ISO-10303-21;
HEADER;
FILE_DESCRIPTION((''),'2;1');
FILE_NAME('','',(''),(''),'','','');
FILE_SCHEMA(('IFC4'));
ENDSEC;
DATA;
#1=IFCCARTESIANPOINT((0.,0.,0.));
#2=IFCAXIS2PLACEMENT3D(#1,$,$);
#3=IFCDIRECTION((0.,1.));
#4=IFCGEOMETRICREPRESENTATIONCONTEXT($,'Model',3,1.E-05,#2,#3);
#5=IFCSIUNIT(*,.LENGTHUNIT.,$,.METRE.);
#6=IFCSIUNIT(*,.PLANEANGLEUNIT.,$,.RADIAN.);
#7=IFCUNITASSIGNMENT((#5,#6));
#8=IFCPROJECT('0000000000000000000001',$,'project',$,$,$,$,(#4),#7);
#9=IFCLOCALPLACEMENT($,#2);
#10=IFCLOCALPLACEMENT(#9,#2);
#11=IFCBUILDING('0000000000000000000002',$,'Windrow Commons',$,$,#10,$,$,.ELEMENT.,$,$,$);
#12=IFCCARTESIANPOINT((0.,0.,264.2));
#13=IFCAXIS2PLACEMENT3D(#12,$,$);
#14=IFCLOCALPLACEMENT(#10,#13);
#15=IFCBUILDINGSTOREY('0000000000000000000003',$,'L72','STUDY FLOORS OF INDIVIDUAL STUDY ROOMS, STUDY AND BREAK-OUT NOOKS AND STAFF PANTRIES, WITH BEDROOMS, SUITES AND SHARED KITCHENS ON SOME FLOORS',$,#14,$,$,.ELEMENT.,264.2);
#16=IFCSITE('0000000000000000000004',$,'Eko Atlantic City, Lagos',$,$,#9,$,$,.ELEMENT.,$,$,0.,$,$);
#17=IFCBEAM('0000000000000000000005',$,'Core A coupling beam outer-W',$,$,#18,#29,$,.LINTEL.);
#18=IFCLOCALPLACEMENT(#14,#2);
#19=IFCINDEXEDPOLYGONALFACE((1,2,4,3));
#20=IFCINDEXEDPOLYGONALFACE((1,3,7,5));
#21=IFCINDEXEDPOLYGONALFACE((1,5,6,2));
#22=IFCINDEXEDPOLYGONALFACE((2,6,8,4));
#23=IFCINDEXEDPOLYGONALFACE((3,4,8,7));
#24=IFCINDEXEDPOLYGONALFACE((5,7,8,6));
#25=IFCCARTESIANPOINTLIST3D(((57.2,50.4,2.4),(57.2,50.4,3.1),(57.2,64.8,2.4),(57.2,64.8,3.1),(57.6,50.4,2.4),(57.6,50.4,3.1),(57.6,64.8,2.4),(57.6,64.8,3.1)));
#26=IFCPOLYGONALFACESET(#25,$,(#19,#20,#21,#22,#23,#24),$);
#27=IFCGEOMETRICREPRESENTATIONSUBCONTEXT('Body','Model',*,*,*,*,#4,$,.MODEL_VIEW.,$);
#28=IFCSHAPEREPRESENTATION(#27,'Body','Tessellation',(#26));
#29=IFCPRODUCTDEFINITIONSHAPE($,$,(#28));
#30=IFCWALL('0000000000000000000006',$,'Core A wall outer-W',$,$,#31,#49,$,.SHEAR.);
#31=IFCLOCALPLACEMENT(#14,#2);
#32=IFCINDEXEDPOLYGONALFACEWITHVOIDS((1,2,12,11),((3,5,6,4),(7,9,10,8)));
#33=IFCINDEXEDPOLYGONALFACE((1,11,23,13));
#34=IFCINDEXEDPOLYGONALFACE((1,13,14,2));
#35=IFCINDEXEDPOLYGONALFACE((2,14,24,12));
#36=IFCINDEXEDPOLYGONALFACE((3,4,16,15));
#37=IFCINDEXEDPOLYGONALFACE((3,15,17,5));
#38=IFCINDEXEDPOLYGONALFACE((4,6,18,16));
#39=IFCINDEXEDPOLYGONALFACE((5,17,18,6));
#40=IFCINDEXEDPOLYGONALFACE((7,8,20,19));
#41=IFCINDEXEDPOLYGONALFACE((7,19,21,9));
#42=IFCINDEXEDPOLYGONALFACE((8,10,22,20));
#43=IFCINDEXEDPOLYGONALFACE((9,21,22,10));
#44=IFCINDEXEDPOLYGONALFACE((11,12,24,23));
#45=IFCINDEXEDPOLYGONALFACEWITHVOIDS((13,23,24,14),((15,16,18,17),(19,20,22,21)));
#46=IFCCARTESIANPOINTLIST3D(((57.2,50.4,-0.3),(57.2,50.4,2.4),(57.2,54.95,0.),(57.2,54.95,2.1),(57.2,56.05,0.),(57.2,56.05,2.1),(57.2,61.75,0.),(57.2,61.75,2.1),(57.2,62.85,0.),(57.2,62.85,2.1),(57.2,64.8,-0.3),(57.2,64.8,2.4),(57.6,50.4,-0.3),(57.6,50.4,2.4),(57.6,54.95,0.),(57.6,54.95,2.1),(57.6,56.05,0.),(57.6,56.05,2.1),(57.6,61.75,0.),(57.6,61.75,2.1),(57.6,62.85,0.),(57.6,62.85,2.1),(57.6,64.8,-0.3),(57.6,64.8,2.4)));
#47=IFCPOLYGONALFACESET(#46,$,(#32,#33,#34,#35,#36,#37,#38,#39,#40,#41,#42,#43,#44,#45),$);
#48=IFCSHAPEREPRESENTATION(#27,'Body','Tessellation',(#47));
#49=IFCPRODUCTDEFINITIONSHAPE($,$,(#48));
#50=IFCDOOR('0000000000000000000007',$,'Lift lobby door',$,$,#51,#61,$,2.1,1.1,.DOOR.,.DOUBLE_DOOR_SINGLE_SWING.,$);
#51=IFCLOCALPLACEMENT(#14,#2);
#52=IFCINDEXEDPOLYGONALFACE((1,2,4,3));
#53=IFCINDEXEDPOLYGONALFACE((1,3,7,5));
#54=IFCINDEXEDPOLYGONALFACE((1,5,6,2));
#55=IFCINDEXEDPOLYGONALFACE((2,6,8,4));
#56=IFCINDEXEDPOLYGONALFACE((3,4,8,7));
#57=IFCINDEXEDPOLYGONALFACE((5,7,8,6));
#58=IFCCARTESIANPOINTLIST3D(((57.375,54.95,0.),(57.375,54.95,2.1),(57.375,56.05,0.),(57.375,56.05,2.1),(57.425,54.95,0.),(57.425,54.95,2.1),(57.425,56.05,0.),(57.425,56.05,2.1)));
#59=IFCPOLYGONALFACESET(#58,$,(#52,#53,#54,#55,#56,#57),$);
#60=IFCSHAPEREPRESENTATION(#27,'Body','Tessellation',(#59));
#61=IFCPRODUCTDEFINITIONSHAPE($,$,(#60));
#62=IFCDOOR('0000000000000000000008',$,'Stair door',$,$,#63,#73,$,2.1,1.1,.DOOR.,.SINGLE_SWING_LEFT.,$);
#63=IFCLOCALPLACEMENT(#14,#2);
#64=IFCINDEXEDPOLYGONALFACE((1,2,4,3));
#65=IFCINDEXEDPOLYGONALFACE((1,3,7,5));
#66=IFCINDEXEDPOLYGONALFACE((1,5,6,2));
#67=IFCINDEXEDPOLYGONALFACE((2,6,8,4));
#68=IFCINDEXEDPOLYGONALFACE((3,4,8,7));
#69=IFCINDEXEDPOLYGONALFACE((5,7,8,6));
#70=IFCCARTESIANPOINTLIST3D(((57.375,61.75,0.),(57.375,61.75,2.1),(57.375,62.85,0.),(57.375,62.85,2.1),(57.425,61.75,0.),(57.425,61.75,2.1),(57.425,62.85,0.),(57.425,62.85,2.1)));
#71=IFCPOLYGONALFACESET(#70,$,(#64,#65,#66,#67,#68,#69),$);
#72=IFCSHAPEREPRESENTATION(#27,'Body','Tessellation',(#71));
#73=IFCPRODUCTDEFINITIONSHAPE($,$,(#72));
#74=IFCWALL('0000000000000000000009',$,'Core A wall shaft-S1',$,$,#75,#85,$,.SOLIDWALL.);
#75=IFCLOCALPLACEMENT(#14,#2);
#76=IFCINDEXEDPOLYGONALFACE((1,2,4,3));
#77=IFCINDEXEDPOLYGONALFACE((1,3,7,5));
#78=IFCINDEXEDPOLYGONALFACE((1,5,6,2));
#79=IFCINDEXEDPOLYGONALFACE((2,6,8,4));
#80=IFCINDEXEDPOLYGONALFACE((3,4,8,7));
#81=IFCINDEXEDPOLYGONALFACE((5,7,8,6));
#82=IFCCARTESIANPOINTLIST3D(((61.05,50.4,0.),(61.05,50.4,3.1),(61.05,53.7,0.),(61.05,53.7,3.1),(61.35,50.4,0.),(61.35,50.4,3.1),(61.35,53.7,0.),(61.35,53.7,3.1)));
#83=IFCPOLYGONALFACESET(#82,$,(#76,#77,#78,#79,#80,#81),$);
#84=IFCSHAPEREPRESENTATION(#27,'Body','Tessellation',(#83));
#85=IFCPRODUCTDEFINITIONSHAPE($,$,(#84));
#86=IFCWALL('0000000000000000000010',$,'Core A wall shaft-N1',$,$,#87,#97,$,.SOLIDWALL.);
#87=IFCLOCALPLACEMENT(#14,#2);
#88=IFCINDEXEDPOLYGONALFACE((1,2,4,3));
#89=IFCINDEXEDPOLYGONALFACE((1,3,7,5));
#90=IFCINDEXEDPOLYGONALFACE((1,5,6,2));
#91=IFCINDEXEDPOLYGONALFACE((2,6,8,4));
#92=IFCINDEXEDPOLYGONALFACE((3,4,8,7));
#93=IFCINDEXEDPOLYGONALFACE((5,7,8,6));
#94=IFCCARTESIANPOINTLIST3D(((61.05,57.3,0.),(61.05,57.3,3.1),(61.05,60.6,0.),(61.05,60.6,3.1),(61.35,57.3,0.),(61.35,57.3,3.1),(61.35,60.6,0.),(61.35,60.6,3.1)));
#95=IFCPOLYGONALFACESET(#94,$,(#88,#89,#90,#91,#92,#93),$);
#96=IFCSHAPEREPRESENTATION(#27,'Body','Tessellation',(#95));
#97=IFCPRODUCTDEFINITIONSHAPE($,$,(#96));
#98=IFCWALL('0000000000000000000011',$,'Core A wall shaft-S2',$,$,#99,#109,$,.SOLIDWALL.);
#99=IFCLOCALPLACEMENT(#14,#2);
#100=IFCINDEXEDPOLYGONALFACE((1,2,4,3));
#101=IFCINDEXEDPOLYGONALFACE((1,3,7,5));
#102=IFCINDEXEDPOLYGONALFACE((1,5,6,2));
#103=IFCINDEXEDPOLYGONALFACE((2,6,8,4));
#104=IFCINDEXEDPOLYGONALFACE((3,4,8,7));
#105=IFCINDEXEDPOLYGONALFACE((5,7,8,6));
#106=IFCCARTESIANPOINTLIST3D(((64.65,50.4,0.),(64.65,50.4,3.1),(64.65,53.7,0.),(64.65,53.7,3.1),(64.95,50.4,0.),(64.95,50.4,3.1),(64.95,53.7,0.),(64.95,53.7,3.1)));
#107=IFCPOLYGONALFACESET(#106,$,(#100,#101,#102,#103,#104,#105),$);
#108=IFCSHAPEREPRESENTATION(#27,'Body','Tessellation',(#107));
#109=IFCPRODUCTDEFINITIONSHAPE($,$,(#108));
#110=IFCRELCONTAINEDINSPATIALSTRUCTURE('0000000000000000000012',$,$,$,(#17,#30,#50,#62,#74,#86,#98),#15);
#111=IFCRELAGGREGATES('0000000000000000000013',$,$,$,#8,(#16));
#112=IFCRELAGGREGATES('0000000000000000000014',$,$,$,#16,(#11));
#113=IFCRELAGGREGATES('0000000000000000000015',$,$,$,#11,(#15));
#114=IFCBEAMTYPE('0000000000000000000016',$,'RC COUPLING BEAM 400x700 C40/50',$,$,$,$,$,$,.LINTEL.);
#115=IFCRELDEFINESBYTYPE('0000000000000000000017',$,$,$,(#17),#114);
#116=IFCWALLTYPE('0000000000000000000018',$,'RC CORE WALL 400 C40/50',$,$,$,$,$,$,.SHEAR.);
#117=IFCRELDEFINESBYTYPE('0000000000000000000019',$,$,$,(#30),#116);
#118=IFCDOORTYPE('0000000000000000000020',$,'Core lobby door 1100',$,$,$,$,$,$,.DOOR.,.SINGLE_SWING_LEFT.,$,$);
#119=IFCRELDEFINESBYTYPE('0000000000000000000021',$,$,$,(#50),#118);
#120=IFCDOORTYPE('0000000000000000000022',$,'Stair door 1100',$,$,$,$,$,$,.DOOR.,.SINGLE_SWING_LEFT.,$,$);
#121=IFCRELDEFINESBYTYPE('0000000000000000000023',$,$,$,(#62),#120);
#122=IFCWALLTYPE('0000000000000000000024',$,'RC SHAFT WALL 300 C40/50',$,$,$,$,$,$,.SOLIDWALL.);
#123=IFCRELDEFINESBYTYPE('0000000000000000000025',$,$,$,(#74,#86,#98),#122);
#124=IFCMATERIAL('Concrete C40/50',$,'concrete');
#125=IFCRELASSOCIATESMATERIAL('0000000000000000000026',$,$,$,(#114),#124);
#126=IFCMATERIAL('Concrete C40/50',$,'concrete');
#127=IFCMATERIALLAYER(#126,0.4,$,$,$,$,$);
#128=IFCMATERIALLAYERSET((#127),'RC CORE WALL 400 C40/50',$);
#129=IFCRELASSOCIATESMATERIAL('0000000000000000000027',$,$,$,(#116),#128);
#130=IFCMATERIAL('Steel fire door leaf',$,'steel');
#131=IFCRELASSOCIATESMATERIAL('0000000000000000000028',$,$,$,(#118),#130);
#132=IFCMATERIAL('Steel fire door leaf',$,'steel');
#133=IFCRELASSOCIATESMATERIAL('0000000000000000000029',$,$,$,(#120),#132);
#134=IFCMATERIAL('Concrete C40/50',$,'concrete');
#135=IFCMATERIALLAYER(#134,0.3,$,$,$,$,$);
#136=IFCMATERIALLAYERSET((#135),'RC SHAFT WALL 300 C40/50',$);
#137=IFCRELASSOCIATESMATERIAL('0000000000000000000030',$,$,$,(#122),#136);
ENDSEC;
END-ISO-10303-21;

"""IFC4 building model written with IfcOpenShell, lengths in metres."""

from ifc_helpers import new_model, si_unit, direction, frame, frame_2d, origin, origin_2d, place, context, subcontext, project, spatial, rectangle, extrude, material, layer, layer_set, material_profile, profile_set, type_object, element, fill, save


model = new_model("IFC4")

# Units and contexts
model_context = context("Model", 3, precision=1e-05, world=origin(), true_north=direction((0.0, 1.0)))
body_context = subcontext(model_context, "Body", "Model", "MODEL_VIEW")
ifc_project = project(units=[si_unit("LENGTHUNIT", "METRE"), si_unit("PLANEANGLEUNIT", "RADIAN")], contexts=[model_context])

# Site, building, storey
site_placement = place(None, origin())
site = spatial("IfcSite", under=ifc_project, at=site_placement, Name="Eko Atlantic City, Lagos", CompositionType="ELEMENT", RefElevation=0.0)
building_placement = place(site_placement, origin())
building = spatial("IfcBuilding", under=site, at=building_placement, Name="Windrow Commons", CompositionType="ELEMENT")
storey_placement = place(building_placement, frame((0.0, 0.0, 264.2)))
storey = spatial("IfcBuildingStorey", under=building, at=storey_placement, Name="L72", Description="STUDY FLOORS OF INDIVIDUAL STUDY ROOMS, STUDY AND BREAK-OUT NOOKS AND STAFF PANTRIES, WITH BEDROOMS, SUITES AND SHARED KITCHENS ON SOME FLOORS", CompositionType="ELEMENT", Elevation=264.2)

# Beam
ifc_material_1 = material(Name="Concrete C40/50", Category="concrete")
ifc_material_profile = material_profile(ifc_material_1, rectangle(XDim=0.4, YDim=0.7, at=origin_2d()))
ifc_profile_set = profile_set([ifc_material_profile], Name="Concrete C40/50")
beam_type = type_object("IfcBeamType", Name="RC COUPLING BEAM 400x700 C40/50", PredefinedType="LINTEL", material=ifc_profile_set)
beam_placement = place(storey_placement, frame((57.4, 50.4, 2.75), z_axis=(0.0, 1.0, 0.0), x_axis=(-1.0, 0.0, 0.0)))
element("IfcBeam", 1, at=beam_placement, inside=storey, type_object=beam_type, Name="Core A coupling beam outer-W", PredefinedType="LINTEL", context=body_context, shape_type="SweptSolid", body=[
    extrude(rectangle(XDim=0.4, YDim=0.7, at=origin_2d()), origin(), (0.0, 0.0, 1.0), 14.4),
])

# Wall, openings, doors
ifc_material_2 = material(Name="Concrete C40/50", Category="concrete")
ifc_layer_1 = layer(ifc_material_2, 0.4)
ifc_layer_set_1 = layer_set([ifc_layer_1], Name="RC CORE WALL 400 C40/50")
wall_type_1 = type_object("IfcWallType", Name="RC CORE WALL 400 C40/50", PredefinedType="SHEAR", material=ifc_layer_set_1)
wall_1_placement = place(storey_placement, frame((57.4, 50.4, -0.3), z_axis=(0.0, 0.0, 1.0), x_axis=(0.0, 1.0, 0.0)))
wall_1 = element("IfcWall", 2, at=wall_1_placement, inside=storey, type_object=wall_type_1, Name="Core A wall outer-W", PredefinedType="SHEAR", context=body_context, shape_type="SweptSolid", body=[
    extrude(rectangle(XDim=14.4, YDim=0.4, at=frame_2d((7.2, 0.0))), origin(), (0.0, 0.0, 1.0), 2.7),
])
opening_1_placement = place(wall_1_placement, frame((4.55, 0.0, 0.3)))
opening_1 = element("IfcOpeningElement", 3, at=opening_1_placement, cuts=wall_1, PredefinedType="OPENING", context=body_context, shape_type="SweptSolid", body=[
    extrude(rectangle(XDim=1.1, YDim=2.1, at=frame_2d((0.55, 1.05))), frame((0.0, 0.21, 0.0), z_axis=(0.0, -1.0, 0.0), x_axis=(1.0, 0.0, 0.0)), (0.0, 0.0, 1.0), 0.42),
])
opening_2_placement = place(wall_1_placement, frame((11.35, 0.0, 0.3)))
opening_2 = element("IfcOpeningElement", 4, at=opening_2_placement, cuts=wall_1, PredefinedType="OPENING", context=body_context, shape_type="SweptSolid", body=[
    extrude(rectangle(XDim=1.1, YDim=2.1, at=frame_2d((0.55, 1.05))), frame((0.0, 0.21, 0.0), z_axis=(0.0, -1.0, 0.0), x_axis=(1.0, 0.0, 0.0)), (0.0, 0.0, 1.0), 0.42),
])
ifc_material_3 = material(Name="Steel fire door leaf", Category="steel")
door_type_1 = type_object("IfcDoorType", Name="Core lobby door 1100", OperationType="SINGLE_SWING_LEFT", PredefinedType="DOOR", material=ifc_material_3)
door_1_placement = place(opening_1_placement, origin())
door_1 = element("IfcDoor", 5, at=door_1_placement, inside=storey, type_object=door_type_1, Name="Lift lobby door", OperationType="DOUBLE_DOOR_SINGLE_SWING", OverallHeight=2.1, OverallWidth=1.1, PredefinedType="DOOR", context=body_context, shape_type="SweptSolid", body=[
    extrude(rectangle(XDim=1.1, YDim=2.1, at=frame_2d((0.55, 1.05))), frame((0.0, 0.025, 0.0), z_axis=(0.0, -1.0, 0.0), x_axis=(1.0, 0.0, 0.0)), (0.0, 0.0, 1.0), 0.05),
])
fill(opening_1, door_1)
ifc_material_4 = material(Name="Steel fire door leaf", Category="steel")
door_type_2 = type_object("IfcDoorType", Name="Stair door 1100", OperationType="SINGLE_SWING_LEFT", PredefinedType="DOOR", material=ifc_material_4)
door_2_placement = place(opening_2_placement, origin())
door_2 = element("IfcDoor", 6, at=door_2_placement, inside=storey, type_object=door_type_2, Name="Stair door", OperationType="SINGLE_SWING_LEFT", OverallHeight=2.1, OverallWidth=1.1, PredefinedType="DOOR", context=body_context, shape_type="SweptSolid", body=[
    extrude(rectangle(XDim=1.1, YDim=2.1, at=frame_2d((0.55, 1.05))), frame((0.0, 0.025, 0.0), z_axis=(0.0, -1.0, 0.0), x_axis=(1.0, 0.0, 0.0)), (0.0, 0.0, 1.0), 0.05),
])
fill(opening_2, door_2)

# Walls
ifc_material_5 = material(Name="Concrete C40/50", Category="concrete")
ifc_layer_2 = layer(ifc_material_5, 0.3)
ifc_layer_set_2 = layer_set([ifc_layer_2], Name="RC SHAFT WALL 300 C40/50")
wall_type_2 = type_object("IfcWallType", Name="RC SHAFT WALL 300 C40/50", PredefinedType="SOLIDWALL", material=ifc_layer_set_2)
for number, where, z_axis, x_axis, name in (
    (7, (61.2, 50.4, 0.0), (0.0, 0.0, 1.0), (0.0, 1.0, 0.0), "Core A wall shaft-S1"),
    (8, (61.2, 57.3, 0.0), (0.0, 0.0, 1.0), (0.0, 1.0, 0.0), "Core A wall shaft-N1"),
    (9, (64.8, 50.4, 0.0), (0.0, 0.0, 1.0), (0.0, 1.0, 0.0), "Core A wall shaft-S2"),
):
    element("IfcWall", number, at=place(storey_placement, frame(where, z_axis=z_axis, x_axis=x_axis)), inside=storey, type_object=wall_type_2, Name=name, PredefinedType="SOLIDWALL", context=body_context, shape_type="SweptSolid", body=[
        extrude(rectangle(XDim=3.3, YDim=0.3, at=frame_2d((1.65, 0.0))), origin(), (0.0, 0.0, 1.0), 3.1),
    ])

save(model, "model.ifc")
